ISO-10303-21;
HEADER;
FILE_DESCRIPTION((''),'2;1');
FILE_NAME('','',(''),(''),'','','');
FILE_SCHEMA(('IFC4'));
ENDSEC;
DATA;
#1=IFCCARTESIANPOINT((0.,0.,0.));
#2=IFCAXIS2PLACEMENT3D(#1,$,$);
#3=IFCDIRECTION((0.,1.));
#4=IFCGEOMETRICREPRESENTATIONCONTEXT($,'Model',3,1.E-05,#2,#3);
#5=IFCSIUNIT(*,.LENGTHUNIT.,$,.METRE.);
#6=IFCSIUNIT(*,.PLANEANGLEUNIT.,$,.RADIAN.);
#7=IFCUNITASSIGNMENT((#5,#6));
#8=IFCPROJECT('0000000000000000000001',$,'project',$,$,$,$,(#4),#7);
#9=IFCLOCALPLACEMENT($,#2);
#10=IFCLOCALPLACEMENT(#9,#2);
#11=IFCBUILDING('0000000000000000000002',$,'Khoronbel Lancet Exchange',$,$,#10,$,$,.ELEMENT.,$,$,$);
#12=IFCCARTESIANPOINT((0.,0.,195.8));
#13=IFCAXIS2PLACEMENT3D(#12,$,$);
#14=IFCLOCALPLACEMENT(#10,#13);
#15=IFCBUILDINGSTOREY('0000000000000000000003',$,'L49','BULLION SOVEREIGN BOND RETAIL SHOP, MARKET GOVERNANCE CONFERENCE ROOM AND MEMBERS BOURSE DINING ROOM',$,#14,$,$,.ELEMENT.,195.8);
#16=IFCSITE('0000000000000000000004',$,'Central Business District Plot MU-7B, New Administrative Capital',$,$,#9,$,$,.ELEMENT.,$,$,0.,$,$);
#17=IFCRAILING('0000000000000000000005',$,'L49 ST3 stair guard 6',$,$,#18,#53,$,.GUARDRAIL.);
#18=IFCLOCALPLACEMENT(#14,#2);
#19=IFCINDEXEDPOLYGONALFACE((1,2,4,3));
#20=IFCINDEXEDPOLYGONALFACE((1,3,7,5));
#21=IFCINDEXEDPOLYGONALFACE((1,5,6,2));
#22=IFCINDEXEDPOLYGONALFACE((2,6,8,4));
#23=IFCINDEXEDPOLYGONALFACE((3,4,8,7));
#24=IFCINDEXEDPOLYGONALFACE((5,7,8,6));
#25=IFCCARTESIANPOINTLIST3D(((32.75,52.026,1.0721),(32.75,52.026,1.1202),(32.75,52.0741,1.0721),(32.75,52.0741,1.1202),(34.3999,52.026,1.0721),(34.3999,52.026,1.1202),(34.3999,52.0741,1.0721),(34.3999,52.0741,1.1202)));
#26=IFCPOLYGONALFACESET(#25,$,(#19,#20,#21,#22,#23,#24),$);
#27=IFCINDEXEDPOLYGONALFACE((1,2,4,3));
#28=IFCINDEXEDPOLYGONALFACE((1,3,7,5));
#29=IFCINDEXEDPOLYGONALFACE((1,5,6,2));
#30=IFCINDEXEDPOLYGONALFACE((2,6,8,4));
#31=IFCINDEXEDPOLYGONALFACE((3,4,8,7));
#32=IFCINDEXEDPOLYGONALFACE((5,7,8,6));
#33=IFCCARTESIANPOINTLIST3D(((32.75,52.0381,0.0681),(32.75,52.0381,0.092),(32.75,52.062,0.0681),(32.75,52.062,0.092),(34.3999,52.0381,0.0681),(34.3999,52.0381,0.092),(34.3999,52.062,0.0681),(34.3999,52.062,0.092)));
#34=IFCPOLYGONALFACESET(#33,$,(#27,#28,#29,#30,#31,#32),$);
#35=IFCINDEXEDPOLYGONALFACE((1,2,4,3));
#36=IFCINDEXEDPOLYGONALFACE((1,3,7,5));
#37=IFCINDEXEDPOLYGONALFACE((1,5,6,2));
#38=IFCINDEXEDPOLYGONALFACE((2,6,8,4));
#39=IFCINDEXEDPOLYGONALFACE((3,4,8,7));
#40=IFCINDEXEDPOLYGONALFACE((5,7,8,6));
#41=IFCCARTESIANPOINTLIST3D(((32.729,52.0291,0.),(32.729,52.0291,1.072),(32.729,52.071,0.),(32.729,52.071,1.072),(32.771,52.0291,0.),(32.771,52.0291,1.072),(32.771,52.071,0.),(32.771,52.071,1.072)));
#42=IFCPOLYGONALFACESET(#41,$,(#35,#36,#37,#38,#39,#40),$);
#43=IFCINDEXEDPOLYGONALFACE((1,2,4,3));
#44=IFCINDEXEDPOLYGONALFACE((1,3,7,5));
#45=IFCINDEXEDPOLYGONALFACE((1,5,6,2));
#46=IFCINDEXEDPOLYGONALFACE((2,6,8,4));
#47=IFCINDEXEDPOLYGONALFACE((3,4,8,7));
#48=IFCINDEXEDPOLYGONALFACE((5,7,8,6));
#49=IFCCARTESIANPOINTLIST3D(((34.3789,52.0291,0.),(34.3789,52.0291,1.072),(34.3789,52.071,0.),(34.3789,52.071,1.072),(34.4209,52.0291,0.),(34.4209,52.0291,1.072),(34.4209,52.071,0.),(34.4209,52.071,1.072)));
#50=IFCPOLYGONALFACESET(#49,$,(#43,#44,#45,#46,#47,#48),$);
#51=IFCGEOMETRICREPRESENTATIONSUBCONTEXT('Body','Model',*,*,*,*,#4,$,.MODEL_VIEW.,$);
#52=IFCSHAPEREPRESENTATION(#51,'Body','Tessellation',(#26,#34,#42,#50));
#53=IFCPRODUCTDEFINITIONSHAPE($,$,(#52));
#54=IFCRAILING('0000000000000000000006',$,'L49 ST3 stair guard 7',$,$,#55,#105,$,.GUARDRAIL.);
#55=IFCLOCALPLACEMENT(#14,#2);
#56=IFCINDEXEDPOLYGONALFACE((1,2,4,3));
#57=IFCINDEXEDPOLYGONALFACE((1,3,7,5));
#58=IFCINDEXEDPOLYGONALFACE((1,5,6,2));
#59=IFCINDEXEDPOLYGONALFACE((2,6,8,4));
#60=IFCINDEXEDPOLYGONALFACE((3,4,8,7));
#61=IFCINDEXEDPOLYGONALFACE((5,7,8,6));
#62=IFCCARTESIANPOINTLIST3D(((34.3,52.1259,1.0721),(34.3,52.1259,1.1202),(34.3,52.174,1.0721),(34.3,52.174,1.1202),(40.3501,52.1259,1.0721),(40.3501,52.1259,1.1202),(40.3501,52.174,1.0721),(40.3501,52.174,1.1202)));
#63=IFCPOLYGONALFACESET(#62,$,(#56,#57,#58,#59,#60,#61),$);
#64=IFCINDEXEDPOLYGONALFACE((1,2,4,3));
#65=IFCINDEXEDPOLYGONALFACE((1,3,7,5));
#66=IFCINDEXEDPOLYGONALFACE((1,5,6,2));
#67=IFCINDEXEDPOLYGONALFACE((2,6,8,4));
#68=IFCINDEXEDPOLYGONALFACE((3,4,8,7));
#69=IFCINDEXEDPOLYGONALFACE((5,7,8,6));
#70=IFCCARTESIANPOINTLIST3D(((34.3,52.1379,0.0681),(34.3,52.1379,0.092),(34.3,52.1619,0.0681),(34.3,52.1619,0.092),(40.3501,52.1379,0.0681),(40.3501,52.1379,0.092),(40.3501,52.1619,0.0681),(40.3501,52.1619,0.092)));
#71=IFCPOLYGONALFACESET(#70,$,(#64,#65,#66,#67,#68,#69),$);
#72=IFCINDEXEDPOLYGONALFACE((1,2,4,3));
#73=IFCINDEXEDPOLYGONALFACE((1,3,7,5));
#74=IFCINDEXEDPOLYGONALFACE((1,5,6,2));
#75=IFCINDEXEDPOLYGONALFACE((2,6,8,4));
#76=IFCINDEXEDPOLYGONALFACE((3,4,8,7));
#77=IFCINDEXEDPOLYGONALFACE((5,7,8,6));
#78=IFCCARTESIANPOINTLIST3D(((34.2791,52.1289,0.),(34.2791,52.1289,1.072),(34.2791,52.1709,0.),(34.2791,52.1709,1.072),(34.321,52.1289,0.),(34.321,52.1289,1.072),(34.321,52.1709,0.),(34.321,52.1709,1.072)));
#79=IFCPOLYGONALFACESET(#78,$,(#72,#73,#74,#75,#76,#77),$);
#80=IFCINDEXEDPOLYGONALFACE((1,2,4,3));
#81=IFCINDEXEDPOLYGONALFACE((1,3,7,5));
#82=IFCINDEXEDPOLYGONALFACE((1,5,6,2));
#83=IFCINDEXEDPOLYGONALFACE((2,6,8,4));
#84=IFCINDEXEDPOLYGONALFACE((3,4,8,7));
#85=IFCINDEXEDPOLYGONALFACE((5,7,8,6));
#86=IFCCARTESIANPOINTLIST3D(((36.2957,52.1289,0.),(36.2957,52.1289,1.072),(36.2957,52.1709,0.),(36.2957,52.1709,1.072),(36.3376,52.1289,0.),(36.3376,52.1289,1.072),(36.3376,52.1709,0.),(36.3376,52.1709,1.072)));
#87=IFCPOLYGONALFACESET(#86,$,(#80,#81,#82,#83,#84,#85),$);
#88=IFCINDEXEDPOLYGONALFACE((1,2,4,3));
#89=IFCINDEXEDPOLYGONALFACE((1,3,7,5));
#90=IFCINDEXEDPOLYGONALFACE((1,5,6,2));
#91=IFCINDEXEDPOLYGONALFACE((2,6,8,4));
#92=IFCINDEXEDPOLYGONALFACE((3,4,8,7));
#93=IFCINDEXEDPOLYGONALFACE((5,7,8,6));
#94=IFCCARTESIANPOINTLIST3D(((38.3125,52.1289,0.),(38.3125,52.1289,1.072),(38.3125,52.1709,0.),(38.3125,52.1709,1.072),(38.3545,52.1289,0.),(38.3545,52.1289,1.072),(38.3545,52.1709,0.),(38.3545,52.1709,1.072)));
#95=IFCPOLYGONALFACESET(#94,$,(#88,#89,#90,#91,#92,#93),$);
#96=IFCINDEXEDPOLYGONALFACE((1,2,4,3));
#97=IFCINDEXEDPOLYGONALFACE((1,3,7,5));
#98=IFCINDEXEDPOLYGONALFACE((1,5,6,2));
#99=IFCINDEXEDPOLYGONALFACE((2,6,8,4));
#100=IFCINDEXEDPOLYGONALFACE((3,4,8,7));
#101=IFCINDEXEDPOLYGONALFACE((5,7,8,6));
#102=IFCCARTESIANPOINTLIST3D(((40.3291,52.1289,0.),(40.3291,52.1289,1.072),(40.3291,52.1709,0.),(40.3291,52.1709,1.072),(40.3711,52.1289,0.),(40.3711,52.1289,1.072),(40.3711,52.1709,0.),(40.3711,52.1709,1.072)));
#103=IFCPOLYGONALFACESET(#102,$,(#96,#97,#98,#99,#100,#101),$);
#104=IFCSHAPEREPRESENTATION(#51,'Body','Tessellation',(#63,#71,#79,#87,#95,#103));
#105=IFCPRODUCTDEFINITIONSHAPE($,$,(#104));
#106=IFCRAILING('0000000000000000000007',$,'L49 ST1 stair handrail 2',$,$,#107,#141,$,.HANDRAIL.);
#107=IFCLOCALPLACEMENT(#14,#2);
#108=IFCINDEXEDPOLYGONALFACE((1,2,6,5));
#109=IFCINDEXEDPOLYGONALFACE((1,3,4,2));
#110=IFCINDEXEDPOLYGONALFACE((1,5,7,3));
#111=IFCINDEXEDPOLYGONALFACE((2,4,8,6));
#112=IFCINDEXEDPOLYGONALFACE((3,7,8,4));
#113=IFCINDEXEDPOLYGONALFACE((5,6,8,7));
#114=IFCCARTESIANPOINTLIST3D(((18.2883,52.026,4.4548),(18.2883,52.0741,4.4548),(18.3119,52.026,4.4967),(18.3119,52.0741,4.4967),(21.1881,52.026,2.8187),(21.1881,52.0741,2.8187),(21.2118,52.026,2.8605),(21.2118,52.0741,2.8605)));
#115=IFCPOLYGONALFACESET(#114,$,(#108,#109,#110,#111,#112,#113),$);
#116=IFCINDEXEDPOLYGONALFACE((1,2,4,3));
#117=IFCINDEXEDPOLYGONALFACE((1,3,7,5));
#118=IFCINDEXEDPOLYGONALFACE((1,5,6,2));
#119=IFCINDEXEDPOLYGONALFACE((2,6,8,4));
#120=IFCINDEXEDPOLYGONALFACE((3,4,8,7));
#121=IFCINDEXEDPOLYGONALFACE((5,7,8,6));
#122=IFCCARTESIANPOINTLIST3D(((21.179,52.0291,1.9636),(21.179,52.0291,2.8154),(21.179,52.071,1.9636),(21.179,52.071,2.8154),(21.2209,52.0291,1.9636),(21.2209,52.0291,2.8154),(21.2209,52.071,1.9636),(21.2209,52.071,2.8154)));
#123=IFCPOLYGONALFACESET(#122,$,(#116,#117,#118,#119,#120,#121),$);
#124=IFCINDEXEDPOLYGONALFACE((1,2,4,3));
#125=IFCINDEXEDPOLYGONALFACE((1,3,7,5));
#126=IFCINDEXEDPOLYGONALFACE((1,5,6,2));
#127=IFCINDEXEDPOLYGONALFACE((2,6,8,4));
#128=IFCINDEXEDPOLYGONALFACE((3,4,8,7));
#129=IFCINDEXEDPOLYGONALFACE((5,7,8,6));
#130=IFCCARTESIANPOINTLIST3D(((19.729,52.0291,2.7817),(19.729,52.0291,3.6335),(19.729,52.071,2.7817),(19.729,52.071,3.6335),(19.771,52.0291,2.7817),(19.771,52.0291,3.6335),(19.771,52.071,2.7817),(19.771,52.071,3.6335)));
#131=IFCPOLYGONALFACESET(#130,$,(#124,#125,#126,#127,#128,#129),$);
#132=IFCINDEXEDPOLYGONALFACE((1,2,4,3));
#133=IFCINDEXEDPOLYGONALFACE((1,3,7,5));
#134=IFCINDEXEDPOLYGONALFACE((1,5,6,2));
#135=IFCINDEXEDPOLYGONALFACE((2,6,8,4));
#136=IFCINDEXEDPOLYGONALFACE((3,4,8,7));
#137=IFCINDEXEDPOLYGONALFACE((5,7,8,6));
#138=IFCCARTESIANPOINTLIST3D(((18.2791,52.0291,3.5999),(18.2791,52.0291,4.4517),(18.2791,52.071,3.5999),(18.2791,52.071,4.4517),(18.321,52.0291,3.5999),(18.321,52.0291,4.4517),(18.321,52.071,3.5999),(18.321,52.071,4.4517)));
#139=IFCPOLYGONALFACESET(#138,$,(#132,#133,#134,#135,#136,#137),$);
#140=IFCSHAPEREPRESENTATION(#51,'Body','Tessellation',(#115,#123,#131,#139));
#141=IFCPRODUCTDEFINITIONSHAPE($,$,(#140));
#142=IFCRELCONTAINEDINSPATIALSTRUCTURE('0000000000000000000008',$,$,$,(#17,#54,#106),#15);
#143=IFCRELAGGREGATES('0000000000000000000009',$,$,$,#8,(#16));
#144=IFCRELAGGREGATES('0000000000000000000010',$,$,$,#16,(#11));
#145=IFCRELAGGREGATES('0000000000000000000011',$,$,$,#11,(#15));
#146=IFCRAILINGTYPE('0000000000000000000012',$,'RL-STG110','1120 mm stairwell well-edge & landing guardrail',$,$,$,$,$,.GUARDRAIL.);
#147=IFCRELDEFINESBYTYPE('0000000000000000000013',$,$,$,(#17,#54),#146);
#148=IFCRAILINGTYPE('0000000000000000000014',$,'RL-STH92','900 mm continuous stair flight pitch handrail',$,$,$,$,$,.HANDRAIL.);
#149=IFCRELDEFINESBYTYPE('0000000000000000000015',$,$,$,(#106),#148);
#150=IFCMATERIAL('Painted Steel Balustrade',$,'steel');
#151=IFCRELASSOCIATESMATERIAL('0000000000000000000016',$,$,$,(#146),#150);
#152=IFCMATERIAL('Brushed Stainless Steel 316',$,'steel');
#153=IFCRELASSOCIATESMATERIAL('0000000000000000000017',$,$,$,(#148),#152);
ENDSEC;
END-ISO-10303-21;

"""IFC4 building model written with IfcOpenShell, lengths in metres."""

from ifc_helpers import new_model, si_unit, direction, frame, origin, origin_2d, place, context, subcontext, project, spatial, rectangle, extrude, material, type_object, element, save


model = new_model("IFC4")

# Units and contexts
model_context = context("Model", 3, precision=1e-05, world=origin(), true_north=direction((0.0, 1.0)))
body_context = subcontext(model_context, "Body", "Model", "MODEL_VIEW")
ifc_project = project(units=[si_unit("LENGTHUNIT", "METRE"), si_unit("PLANEANGLEUNIT", "RADIAN")], contexts=[model_context])

# Site, building, storey
site_placement = place(None, origin())
site = spatial("IfcSite", under=ifc_project, at=site_placement, Name="Central Business District Plot MU-7B, New Administrative Capital", CompositionType="ELEMENT", RefElevation=0.0)
building_placement = place(site_placement, origin())
building = spatial("IfcBuilding", under=site, at=building_placement, Name="Khoronbel Lancet Exchange", CompositionType="ELEMENT")
storey_placement = place(building_placement, frame((0.0, 0.0, 195.8)))
storey = spatial("IfcBuildingStorey", under=building, at=storey_placement, Name="L49", Description="BULLION SOVEREIGN BOND RETAIL SHOP, MARKET GOVERNANCE CONFERENCE ROOM AND MEMBERS BOURSE DINING ROOM", CompositionType="ELEMENT", Elevation=195.8)

# Railings
ifc_material_1 = material(Name="Painted Steel Balustrade", Category="steel")
railing_type_1 = type_object("IfcRailingType", Name="RL-STG110", Description="1120 mm stairwell well-edge & landing guardrail", PredefinedType="GUARDRAIL", material=ifc_material_1)
railing_1_placement = place(storey_placement, frame((32.75, 52.05, 0.0)))
element("IfcRailing", 1, at=railing_1_placement, inside=storey, type_object=railing_type_1, Name="L49 ST3 stair guard 6", PredefinedType="GUARDRAIL", context=body_context, shape_type="SweptSolid", body=[
    extrude(rectangle(XDim=0.0481, YDim=0.0481, at=origin_2d()), frame((0.0, 0.0, 1.0962), z_axis=(1.0, 0.0, 0.0), x_axis=(0.0, 1.0, 0.0)), (0.0, 0.0, 1.0), 1.6499),
    extrude(rectangle(XDim=0.0239, YDim=0.0239, at=origin_2d()), frame((0.0, 0.0, 0.0801), z_axis=(1.0, 0.0, 0.0), x_axis=(0.0, 1.0, 0.0)), (0.0, 0.0, 1.0), 1.6499),
    extrude(rectangle(XDim=0.042, YDim=0.042, at=origin_2d()), origin(), (0.0, 0.0, 1.0), 1.072),
    extrude(rectangle(XDim=0.042, YDim=0.042, at=origin_2d()), frame((1.6499, 0.0, 0.0)), (0.0, 0.0, 1.0), 1.072),
])
railing_2_placement = place(storey_placement, frame((34.3, 52.1499, 0.0)))
element("IfcRailing", 2, at=railing_2_placement, inside=storey, type_object=railing_type_1, Name="L49 ST3 stair guard 7", PredefinedType="GUARDRAIL", context=body_context, shape_type="SweptSolid", body=[
    extrude(rectangle(XDim=0.0481, YDim=0.0481, at=origin_2d()), frame((0.0, 0.0, 1.0962), z_axis=(1.0, 0.0, 0.0), x_axis=(0.0, 1.0, 0.0)), (0.0, 0.0, 1.0), 6.05),
    extrude(rectangle(XDim=0.0239, YDim=0.0239, at=origin_2d()), frame((0.0, 0.0, 0.0801), z_axis=(1.0, 0.0, 0.0), x_axis=(0.0, 1.0, 0.0)), (0.0, 0.0, 1.0), 6.05),
    extrude(rectangle(XDim=0.042, YDim=0.042, at=origin_2d()), origin(), (0.0, 0.0, 1.0), 1.072),
    extrude(rectangle(XDim=0.042, YDim=0.042, at=origin_2d()), frame((2.0166, 0.0, 0.0)), (0.0, 0.0, 1.0), 1.072),
    extrude(rectangle(XDim=0.042, YDim=0.042, at=origin_2d()), frame((4.0334, 0.0, 0.0)), (0.0, 0.0, 1.0), 1.072),
    extrude(rectangle(XDim=0.042, YDim=0.042, at=origin_2d()), frame((6.05, 0.0, 0.0)), (0.0, 0.0, 1.0), 1.072),
])
ifc_material_2 = material(Name="Brushed Stainless Steel 316", Category="steel")
railing_type_2 = type_object("IfcRailingType", Name="RL-STH92", Description="900 mm continuous stair flight pitch handrail", PredefinedType="HANDRAIL", material=ifc_material_2)
railing_3_placement = place(storey_placement, frame((21.2, 52.05, 1.9636)))
element("IfcRailing", 3, at=railing_3_placement, inside=storey, type_object=railing_type_2, Name="L49 ST1 stair handrail 2", PredefinedType="HANDRAIL", context=body_context, shape_type="SweptSolid", body=[
    extrude(rectangle(XDim=0.0481, YDim=0.0481, at=origin_2d()), frame((0.0, 0.0, 0.876), z_axis=(-0.870929, 0.0, 0.49141), x_axis=(0.0, -1.0, 0.0)), (0.0, 0.0, 1.0), 3.3296),
    extrude(rectangle(XDim=0.042, YDim=0.042, at=origin_2d()), origin(), (0.0, 0.0, 1.0), 0.8518),
    extrude(rectangle(XDim=0.042, YDim=0.042, at=origin_2d()), frame((-1.45, 0.0, 0.8181)), (0.0, 0.0, 1.0), 0.8518),
    extrude(rectangle(XDim=0.042, YDim=0.042, at=origin_2d()), frame((-2.8999, 0.0, 1.6362)), (0.0, 0.0, 1.0), 0.8518),
])

save(model, "model.ifc")
